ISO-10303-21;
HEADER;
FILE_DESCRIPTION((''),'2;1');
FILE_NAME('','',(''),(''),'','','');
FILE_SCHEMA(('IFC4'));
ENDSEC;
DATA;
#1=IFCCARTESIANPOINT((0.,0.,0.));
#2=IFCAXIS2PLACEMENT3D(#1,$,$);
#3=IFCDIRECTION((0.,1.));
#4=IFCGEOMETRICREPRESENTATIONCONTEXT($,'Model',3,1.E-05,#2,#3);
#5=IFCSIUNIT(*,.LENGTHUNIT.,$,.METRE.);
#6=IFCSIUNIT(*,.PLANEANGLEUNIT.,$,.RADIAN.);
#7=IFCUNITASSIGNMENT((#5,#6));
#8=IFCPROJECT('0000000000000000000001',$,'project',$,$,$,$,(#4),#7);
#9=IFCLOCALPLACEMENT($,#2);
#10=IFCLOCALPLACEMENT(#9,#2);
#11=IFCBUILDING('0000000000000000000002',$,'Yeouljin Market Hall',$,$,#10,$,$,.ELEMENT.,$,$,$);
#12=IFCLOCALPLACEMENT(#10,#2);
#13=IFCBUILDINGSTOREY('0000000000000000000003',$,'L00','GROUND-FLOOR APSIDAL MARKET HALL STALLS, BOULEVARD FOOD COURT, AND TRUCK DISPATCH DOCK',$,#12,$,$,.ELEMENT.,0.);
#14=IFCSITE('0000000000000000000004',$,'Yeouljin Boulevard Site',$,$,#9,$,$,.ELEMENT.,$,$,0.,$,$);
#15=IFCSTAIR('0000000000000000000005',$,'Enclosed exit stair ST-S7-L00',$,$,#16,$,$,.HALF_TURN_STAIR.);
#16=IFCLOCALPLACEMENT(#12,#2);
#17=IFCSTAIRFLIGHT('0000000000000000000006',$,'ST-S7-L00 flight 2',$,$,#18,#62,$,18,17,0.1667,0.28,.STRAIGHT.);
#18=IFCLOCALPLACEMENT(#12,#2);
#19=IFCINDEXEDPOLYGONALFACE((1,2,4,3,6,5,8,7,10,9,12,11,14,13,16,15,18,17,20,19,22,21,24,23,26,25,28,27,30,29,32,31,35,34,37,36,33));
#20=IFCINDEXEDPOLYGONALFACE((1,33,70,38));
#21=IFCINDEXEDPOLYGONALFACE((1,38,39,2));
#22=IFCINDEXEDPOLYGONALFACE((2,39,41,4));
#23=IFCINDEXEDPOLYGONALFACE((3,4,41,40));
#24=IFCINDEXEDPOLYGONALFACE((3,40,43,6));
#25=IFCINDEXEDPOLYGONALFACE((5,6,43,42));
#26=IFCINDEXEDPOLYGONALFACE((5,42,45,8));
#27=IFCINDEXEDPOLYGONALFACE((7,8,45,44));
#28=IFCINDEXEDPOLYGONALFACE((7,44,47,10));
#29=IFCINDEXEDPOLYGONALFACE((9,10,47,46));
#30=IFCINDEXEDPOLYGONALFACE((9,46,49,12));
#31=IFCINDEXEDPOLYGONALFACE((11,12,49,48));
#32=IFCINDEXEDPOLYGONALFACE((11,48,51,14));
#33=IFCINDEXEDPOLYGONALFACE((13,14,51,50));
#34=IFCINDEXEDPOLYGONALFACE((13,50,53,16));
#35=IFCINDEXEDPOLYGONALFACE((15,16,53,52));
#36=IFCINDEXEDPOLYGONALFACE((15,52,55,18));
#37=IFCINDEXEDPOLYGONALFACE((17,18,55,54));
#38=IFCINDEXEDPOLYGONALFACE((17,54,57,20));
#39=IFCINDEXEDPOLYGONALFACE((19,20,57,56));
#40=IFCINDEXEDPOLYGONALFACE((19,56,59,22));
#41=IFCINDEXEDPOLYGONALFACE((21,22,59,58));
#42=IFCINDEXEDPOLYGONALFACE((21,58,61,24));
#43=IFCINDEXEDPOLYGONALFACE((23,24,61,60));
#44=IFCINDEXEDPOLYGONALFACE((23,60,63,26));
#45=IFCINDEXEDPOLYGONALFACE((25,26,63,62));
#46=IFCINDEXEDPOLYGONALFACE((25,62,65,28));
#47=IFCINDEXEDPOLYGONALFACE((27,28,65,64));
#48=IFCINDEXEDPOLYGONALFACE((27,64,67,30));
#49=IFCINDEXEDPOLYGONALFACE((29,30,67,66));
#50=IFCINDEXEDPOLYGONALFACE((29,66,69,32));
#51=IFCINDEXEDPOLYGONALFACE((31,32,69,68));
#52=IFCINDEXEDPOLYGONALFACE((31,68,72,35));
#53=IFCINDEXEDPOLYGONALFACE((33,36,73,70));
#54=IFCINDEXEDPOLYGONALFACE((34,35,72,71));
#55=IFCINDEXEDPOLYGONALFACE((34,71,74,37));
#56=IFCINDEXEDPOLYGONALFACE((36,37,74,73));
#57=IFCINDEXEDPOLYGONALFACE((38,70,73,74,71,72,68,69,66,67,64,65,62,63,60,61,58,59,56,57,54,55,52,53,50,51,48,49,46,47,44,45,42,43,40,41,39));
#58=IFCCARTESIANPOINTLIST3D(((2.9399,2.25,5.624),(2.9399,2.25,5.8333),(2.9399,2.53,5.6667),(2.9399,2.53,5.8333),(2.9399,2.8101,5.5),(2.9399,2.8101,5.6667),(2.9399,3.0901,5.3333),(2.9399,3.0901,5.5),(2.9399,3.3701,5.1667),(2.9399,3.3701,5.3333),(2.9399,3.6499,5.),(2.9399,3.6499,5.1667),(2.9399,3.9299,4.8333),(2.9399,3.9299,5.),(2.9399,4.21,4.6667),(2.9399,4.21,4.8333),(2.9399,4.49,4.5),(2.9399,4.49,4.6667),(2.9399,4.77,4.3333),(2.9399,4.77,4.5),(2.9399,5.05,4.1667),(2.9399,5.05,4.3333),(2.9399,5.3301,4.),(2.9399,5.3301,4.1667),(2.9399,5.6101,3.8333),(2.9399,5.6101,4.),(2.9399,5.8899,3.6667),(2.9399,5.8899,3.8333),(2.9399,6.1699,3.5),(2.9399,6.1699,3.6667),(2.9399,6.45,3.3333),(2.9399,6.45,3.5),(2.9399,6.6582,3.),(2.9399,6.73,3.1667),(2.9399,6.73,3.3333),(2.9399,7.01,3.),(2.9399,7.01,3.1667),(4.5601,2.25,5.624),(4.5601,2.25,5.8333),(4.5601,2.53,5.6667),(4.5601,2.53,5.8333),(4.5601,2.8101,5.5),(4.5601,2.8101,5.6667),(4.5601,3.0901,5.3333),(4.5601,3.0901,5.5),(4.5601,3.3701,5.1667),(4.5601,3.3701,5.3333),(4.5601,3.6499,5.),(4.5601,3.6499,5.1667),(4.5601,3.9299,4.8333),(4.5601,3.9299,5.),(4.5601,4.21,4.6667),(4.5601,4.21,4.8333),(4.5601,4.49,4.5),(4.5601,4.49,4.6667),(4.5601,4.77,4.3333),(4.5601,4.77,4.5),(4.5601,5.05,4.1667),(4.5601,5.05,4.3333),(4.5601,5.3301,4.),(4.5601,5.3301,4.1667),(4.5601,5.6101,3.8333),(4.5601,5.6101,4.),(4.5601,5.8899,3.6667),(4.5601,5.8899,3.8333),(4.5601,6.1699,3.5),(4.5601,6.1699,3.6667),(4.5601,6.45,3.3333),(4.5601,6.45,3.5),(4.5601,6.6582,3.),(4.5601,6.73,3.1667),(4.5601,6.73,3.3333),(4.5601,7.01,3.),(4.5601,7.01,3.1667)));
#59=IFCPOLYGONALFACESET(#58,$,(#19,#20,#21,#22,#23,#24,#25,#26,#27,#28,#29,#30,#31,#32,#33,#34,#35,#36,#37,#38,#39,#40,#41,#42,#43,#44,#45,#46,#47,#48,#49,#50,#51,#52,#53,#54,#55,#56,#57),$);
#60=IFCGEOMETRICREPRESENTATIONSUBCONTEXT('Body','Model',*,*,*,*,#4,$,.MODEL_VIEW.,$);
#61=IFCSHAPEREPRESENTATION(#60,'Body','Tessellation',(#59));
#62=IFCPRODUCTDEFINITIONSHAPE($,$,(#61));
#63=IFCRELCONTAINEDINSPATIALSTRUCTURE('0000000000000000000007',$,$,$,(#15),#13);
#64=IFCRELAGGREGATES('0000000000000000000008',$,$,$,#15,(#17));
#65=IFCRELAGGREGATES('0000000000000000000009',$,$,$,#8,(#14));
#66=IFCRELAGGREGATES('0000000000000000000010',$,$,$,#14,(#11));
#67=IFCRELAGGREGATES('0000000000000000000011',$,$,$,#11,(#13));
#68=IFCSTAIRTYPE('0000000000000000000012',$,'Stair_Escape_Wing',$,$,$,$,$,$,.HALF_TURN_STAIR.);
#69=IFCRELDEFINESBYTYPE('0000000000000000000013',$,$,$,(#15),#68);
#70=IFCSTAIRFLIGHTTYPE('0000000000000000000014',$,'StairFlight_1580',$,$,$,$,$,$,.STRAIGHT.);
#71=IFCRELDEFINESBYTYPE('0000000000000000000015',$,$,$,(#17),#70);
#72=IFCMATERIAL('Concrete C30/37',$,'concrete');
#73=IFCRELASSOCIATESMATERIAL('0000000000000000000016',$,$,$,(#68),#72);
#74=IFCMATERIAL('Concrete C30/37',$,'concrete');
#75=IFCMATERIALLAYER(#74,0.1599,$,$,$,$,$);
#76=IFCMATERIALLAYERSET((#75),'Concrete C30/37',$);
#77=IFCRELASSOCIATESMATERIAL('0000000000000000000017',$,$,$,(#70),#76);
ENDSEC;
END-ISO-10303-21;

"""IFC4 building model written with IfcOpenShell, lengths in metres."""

from ifc_helpers import new_model, si_unit, direction, frame, origin, place, context, subcontext, project, spatial, polyline, outline, extrude, material, layer, layer_set, type_object, element, aggregate, save


model = new_model("IFC4")

# Units and contexts
model_context = context("Model", 3, precision=1e-05, world=origin(), true_north=direction((0.0, 1.0)))
body_context = subcontext(model_context, "Body", "Model", "MODEL_VIEW")
ifc_project = project(units=[si_unit("LENGTHUNIT", "METRE"), si_unit("PLANEANGLEUNIT", "RADIAN")], contexts=[model_context])

# Site, building, storey
site_placement = place(None, origin())
site = spatial("IfcSite", under=ifc_project, at=site_placement, Name="Yeouljin Boulevard Site", CompositionType="ELEMENT", RefElevation=0.0)
building_placement = place(site_placement, origin())
building = spatial("IfcBuilding", under=site, at=building_placement, Name="Yeouljin Market Hall", CompositionType="ELEMENT")
storey_placement = place(building_placement, origin())
storey = spatial("IfcBuildingStorey", under=building, at=storey_placement, Name="L00", Description="GROUND-FLOOR APSIDAL MARKET HALL STALLS, BOULEVARD FOOD COURT, AND TRUCK DISPATCH DOCK", CompositionType="ELEMENT", Elevation=0.0)

# Stair, stair flight
ifc_material_1 = material(Name="Concrete C30/37", Category="concrete")
stair_type = type_object("IfcStairType", Name="Stair_Escape_Wing", PredefinedType="HALF_TURN_STAIR", material=ifc_material_1)
stair_placement = place(storey_placement, origin())
stair = element("IfcStair", 1, at=stair_placement, inside=storey, type_object=stair_type, Name="Enclosed exit stair ST-S7-L00", PredefinedType="HALF_TURN_STAIR")
ifc_material_2 = material(Name="Concrete C30/37", Category="concrete")
ifc_layer_1 = layer(ifc_material_2, 0.1599)
ifc_layer_set_1 = layer_set([ifc_layer_1], Name="Concrete C30/37")
stair_flight_type = type_object("IfcStairFlightType", Name="StairFlight_1580", PredefinedType="STRAIGHT", material=ifc_layer_set_1)
stair_flight_1_placement = place(storey_placement, frame((3.75, 7.01, 3.0), z_axis=(0.0, 0.0, 1.0), x_axis=(0.0, -1.0, 0.0)))
stair_flight_1 = element("IfcStairFlight", 2, at=stair_flight_1_placement, type_object=stair_flight_type, Name="ST-S7-L00 flight 2", NumberOfRisers=18, NumberOfTreads=17, PredefinedType="STRAIGHT", RiserHeight=0.1667, TreadLength=0.28, context=body_context, shape_type="SweptSolid", body=[
    extrude(outline(polyline([(0.0, 0.0), (0.0, 0.1667), (0.28, 0.1667), (0.28, 0.3333), (0.5601, 0.3333), (0.5601, 0.5), (0.8401, 0.5), (0.8401, 0.6667), (1.1201, 0.6667), (1.1201, 0.8333), (1.3999, 0.8333), (1.3999, 1.0), (1.6799, 1.0), (1.6799, 1.1667), (1.96, 1.1667), (1.96, 1.3333), (2.24, 1.3333), (2.24, 1.5), (2.52, 1.5), (2.52, 1.6667), (2.8, 1.6667), (2.8, 1.8333), (3.0801, 1.8333), (3.0801, 2.0), (3.3601, 2.0), (3.3601, 2.1667), (3.6399, 2.1667), (3.6399, 2.3333), (3.9199, 2.3333), (3.9199, 2.5), (4.2, 2.5), (4.2, 2.6667), (4.48, 2.6667), (4.48, 2.8333), (4.76, 2.8333), (4.76, 3.0), (4.76, 2.624), (0.3518, 0.0), (0.0, 0.0)])), frame((0.0, 0.8101, 0.0), z_axis=(0.0, -1.0, 0.0), x_axis=(1.0, 0.0, 0.0)), (0.0, 0.0, 1.0), 1.6201),
])
aggregate(stair, [stair_flight_1])

save(model, "model.ifc")
